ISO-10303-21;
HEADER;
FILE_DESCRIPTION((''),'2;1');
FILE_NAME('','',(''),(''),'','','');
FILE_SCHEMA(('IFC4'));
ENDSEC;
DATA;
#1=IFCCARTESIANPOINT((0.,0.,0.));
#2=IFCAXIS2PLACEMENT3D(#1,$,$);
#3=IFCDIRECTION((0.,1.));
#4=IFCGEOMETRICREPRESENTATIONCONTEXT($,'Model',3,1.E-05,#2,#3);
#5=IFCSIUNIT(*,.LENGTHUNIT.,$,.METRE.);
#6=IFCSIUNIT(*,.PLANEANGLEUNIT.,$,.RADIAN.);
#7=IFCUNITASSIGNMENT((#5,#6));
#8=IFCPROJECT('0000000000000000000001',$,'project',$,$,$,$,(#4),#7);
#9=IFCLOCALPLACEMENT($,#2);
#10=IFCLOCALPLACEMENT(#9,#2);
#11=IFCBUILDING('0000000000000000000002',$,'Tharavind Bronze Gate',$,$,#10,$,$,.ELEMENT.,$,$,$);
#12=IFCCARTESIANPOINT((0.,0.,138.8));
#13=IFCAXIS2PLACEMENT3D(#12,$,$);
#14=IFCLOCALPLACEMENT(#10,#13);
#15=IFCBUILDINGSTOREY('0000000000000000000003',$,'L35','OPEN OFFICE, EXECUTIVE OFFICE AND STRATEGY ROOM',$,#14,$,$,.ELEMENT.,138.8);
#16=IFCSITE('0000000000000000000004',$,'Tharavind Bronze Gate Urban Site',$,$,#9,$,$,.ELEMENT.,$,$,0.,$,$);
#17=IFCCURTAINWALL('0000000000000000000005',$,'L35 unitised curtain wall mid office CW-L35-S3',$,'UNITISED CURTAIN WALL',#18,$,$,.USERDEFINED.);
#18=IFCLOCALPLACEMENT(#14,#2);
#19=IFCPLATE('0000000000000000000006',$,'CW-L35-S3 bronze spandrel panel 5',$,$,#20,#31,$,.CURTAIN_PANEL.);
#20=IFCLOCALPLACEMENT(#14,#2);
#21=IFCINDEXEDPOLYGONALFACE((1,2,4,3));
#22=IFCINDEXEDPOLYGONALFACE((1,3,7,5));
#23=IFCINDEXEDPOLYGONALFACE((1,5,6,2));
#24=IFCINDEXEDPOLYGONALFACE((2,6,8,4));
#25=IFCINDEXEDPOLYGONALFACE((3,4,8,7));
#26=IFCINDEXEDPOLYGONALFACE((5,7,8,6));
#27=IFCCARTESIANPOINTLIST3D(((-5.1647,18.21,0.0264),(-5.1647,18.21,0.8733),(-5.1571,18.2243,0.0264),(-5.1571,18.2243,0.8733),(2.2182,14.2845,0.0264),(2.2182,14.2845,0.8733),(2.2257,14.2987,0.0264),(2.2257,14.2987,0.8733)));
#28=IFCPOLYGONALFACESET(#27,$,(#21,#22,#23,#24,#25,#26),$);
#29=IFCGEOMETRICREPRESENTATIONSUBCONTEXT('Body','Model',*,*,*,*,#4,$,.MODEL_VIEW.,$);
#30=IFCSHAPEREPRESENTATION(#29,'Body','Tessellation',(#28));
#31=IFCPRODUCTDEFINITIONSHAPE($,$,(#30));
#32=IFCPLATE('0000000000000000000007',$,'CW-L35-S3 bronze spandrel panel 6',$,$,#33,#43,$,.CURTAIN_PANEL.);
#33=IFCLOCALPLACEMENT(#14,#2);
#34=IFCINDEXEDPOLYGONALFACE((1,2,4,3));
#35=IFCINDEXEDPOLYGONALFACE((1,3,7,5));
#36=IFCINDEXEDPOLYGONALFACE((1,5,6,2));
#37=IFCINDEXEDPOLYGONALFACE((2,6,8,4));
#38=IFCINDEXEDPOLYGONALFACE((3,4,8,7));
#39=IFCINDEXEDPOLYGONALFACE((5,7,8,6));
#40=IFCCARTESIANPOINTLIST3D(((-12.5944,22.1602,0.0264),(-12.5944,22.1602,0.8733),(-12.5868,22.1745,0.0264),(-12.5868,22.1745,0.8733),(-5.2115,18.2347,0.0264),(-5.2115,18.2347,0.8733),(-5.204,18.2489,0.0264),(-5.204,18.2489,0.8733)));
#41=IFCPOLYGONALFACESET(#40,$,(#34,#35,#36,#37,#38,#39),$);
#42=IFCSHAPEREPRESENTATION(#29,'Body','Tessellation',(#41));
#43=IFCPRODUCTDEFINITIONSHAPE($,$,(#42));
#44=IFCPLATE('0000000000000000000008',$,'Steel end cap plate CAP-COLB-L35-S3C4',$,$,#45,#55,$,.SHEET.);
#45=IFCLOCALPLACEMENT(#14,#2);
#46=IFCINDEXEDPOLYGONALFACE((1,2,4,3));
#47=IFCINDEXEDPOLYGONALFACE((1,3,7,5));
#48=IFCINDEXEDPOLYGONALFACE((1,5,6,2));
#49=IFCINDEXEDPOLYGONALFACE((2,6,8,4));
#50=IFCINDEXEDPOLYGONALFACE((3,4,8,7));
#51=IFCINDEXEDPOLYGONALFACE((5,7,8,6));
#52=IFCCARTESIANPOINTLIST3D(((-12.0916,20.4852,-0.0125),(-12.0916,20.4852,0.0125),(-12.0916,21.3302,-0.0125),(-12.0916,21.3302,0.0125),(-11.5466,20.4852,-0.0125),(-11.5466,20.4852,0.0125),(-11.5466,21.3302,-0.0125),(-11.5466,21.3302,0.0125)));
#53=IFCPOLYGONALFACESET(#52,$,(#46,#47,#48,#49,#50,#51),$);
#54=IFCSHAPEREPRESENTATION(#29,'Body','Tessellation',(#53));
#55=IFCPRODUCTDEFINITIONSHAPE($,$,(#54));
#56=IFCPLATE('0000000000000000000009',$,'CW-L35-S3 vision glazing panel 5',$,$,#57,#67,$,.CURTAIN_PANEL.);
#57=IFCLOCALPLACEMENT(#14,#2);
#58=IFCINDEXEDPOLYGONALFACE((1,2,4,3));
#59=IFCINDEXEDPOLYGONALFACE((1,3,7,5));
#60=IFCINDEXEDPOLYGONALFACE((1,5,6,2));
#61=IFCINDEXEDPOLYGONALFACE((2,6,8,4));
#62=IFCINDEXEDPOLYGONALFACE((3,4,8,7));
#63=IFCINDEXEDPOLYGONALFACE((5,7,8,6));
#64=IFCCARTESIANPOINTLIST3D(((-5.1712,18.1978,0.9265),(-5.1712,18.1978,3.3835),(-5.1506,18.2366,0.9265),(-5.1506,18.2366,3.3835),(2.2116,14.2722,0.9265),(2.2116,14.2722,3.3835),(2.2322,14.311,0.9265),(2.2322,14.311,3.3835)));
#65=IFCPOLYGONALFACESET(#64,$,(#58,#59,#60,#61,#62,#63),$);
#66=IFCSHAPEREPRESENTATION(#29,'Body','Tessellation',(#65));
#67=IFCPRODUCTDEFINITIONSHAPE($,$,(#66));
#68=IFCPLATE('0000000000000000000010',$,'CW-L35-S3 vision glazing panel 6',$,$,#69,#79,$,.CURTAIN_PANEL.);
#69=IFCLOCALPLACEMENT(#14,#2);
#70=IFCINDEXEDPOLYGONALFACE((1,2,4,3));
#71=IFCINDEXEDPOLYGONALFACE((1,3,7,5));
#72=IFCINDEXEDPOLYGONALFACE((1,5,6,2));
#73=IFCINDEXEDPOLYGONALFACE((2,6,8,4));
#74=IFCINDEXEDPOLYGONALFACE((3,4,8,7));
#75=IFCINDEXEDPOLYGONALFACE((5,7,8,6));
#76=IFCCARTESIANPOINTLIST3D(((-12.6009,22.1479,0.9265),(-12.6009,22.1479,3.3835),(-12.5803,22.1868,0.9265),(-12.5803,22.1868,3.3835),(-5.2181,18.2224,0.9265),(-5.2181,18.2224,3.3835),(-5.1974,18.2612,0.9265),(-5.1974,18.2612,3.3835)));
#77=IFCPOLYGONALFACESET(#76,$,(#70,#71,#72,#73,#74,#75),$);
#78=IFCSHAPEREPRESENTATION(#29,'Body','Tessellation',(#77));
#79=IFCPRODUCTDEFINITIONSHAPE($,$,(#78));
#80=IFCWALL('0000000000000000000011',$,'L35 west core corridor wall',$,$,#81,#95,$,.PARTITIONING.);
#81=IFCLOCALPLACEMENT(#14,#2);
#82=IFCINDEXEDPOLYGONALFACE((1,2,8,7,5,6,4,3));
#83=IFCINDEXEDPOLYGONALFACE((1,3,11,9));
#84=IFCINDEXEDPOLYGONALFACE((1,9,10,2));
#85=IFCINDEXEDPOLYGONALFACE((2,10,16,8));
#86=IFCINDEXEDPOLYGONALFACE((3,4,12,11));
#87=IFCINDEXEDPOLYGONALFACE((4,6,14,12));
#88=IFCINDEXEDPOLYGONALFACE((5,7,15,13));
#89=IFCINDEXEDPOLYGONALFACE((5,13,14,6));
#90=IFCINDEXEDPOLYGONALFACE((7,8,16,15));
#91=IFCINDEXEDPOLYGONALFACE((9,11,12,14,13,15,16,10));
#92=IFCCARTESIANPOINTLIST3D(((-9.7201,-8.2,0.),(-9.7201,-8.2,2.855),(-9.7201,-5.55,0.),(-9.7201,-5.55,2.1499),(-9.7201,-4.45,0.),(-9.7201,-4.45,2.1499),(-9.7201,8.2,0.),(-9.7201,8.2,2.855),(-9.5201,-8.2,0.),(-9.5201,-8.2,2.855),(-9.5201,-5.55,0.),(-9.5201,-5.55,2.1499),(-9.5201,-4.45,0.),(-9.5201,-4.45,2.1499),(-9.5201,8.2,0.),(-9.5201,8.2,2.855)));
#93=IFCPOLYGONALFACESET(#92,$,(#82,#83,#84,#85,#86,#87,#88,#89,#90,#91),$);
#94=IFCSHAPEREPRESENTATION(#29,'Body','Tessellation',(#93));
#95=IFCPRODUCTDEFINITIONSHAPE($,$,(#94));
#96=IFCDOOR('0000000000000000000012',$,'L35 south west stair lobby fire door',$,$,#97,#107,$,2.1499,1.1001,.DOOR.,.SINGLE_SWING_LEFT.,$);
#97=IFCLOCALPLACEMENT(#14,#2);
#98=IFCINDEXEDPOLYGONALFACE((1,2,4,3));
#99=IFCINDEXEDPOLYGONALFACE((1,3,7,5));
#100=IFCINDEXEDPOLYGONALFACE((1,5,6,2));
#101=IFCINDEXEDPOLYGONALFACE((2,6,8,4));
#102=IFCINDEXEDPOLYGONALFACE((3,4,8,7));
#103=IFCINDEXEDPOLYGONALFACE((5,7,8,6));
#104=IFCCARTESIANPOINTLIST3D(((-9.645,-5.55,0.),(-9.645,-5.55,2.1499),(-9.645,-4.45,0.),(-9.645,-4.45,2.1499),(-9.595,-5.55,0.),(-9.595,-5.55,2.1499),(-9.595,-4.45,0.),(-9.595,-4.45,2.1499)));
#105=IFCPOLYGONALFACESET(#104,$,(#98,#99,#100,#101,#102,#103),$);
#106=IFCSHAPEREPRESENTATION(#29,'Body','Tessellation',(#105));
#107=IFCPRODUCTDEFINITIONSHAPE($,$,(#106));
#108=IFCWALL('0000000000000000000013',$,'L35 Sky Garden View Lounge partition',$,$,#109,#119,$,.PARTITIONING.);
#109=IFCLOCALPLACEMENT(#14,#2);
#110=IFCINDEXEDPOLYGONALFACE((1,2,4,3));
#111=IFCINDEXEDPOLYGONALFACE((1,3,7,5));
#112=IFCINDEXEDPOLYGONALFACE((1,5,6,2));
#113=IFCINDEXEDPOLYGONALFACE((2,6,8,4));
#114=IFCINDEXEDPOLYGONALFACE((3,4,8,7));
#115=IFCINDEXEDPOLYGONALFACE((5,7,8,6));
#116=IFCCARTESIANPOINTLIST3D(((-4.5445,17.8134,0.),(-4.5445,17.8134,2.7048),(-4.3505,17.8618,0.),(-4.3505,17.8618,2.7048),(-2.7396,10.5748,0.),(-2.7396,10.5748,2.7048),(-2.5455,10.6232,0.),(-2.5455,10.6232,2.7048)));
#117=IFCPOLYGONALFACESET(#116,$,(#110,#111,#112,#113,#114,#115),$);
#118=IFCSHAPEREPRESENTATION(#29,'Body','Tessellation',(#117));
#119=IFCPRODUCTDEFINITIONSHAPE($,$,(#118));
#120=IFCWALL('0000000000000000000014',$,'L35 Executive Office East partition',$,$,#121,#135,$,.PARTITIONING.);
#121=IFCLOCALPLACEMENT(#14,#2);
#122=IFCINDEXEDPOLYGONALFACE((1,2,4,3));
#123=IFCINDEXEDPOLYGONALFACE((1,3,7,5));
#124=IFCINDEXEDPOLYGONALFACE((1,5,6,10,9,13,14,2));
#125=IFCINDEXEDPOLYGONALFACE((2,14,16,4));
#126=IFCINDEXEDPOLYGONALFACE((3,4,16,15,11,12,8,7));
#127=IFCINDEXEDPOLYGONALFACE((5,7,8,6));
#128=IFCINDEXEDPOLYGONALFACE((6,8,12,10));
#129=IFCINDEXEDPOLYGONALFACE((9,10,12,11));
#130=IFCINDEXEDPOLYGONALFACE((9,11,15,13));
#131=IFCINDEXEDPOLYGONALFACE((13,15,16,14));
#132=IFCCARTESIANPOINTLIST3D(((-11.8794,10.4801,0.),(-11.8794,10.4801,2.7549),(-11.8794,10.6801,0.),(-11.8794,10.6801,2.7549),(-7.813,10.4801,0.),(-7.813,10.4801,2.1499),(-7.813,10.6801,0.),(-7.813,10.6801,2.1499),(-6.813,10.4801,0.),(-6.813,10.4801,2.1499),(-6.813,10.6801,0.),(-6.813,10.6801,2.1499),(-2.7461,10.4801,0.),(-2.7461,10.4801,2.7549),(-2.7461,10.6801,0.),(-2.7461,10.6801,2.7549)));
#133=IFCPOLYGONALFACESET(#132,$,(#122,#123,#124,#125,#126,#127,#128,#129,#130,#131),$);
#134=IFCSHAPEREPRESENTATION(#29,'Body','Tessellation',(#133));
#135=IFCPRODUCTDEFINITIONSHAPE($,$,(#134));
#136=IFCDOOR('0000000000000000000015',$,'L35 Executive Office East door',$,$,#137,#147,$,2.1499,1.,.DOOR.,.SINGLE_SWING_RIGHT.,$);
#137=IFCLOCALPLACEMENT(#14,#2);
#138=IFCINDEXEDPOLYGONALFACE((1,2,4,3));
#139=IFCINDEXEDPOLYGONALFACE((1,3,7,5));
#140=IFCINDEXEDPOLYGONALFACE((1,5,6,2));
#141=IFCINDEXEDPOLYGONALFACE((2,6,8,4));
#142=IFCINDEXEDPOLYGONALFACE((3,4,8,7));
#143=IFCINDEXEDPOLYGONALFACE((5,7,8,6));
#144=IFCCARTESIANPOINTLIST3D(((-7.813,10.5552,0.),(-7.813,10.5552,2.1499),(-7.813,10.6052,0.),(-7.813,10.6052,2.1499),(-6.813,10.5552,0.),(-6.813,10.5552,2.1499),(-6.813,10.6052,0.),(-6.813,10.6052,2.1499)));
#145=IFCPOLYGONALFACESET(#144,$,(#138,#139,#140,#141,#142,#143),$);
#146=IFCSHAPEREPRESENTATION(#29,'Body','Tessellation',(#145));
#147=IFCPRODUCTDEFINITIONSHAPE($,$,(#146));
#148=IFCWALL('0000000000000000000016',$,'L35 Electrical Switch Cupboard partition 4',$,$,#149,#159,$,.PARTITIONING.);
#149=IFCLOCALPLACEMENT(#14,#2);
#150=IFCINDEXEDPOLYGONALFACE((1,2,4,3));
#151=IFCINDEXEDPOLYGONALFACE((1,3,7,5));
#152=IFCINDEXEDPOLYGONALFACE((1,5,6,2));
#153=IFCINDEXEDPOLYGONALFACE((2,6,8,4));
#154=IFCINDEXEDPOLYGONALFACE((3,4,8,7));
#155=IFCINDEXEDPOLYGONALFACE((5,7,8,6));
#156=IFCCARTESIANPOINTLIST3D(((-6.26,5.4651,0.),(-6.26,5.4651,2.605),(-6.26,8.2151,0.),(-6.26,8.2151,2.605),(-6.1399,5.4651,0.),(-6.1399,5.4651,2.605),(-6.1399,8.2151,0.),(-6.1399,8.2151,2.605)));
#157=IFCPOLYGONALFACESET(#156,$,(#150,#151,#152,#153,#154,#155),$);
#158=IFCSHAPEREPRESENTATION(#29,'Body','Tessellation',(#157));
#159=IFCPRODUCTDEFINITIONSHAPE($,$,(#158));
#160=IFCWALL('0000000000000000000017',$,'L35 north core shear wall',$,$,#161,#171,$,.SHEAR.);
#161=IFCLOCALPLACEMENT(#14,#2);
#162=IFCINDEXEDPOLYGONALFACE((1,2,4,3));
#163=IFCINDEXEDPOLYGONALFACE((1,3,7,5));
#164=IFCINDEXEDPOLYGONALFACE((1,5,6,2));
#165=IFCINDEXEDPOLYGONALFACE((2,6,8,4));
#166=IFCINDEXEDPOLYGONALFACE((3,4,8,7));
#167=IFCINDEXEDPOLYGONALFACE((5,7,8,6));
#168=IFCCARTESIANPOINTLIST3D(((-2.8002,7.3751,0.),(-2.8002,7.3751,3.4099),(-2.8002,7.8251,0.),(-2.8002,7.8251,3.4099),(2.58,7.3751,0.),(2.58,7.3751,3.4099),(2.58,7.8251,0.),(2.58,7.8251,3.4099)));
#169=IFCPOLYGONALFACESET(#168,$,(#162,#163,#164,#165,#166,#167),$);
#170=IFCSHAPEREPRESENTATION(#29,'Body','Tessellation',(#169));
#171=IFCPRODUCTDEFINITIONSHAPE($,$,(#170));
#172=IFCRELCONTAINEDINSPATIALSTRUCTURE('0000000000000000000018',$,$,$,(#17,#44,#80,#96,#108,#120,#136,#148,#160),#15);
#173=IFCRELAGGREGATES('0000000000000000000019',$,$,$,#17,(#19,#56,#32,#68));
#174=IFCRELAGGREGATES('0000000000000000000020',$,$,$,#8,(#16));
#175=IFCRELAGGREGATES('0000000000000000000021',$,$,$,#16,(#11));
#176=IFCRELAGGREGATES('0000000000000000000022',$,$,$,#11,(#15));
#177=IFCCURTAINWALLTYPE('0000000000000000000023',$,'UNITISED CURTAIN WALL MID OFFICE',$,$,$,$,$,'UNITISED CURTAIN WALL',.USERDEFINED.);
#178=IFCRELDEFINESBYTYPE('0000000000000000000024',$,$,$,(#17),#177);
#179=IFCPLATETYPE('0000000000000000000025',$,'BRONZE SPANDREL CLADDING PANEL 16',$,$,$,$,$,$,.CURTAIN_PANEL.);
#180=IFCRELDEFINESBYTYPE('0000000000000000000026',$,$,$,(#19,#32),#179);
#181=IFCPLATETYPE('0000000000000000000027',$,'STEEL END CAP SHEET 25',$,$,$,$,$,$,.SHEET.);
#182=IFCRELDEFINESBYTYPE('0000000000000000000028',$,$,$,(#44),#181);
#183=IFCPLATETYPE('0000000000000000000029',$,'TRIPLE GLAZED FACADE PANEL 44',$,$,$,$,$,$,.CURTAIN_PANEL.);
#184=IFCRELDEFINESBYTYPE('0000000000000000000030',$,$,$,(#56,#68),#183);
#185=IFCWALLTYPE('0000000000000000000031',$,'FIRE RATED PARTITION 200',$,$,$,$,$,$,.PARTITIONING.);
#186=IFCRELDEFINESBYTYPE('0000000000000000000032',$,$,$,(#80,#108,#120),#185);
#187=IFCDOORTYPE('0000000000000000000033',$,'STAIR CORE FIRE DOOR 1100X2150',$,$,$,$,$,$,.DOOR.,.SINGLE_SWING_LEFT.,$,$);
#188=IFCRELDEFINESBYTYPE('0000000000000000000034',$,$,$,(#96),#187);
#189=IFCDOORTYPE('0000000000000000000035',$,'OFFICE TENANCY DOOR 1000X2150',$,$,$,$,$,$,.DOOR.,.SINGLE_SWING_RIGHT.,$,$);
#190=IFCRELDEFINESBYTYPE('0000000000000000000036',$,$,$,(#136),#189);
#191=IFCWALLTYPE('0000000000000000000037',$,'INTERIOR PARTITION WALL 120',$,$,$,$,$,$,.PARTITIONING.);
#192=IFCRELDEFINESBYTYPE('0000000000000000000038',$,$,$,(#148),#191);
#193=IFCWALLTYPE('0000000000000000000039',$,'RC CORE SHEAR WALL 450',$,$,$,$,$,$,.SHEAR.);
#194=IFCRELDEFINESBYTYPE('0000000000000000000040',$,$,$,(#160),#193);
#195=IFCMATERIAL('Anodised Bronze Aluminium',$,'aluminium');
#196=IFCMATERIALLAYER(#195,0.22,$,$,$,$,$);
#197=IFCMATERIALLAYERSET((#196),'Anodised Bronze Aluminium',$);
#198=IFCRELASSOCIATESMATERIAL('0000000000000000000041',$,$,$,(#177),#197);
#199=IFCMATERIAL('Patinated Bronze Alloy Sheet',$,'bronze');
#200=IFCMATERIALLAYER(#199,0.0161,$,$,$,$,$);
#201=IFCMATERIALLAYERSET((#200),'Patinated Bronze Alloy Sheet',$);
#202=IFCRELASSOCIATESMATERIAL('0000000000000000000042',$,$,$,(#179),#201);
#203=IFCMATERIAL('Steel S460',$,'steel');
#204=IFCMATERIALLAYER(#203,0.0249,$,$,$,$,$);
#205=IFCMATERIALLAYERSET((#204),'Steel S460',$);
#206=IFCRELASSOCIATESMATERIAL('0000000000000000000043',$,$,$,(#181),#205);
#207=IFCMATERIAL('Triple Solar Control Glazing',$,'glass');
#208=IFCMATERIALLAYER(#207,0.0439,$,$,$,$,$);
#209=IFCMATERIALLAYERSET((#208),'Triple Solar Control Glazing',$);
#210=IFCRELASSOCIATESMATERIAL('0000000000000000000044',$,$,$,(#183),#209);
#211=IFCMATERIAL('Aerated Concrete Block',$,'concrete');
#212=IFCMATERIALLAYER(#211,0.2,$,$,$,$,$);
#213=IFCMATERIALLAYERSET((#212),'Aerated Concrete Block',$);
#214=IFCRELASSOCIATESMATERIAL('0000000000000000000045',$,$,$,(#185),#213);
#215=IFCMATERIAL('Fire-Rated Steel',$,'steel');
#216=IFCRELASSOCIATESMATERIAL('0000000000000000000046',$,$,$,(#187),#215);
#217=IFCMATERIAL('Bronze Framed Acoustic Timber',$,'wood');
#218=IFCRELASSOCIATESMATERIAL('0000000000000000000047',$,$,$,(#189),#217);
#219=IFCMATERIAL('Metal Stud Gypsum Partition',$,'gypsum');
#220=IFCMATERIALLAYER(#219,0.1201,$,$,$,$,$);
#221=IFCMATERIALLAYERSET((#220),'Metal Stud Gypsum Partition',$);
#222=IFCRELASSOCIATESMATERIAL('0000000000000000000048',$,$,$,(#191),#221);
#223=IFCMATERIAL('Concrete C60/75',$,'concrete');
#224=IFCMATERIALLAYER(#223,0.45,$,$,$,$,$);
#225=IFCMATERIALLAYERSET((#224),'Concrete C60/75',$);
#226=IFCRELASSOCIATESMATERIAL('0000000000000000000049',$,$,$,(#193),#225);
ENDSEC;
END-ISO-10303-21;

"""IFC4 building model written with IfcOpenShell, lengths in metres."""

from ifc_helpers import new_model, si_unit, direction, frame, frame_2d, origin, origin_2d, place, context, subcontext, project, spatial, rectangle, extrude, material, layer, layer_set, type_object, element, fill, aggregate, save


model = new_model("IFC4")

# Units and contexts
model_context = context("Model", 3, precision=1e-05, world=origin(), true_north=direction((0.0, 1.0)))
body_context = subcontext(model_context, "Body", "Model", "MODEL_VIEW")
ifc_project = project(units=[si_unit("LENGTHUNIT", "METRE"), si_unit("PLANEANGLEUNIT", "RADIAN")], contexts=[model_context])

# Site, building, storey
site_placement = place(None, origin())
site = spatial("IfcSite", under=ifc_project, at=site_placement, Name="Tharavind Bronze Gate Urban Site", CompositionType="ELEMENT", RefElevation=0.0)
building_placement = place(site_placement, origin())
building = spatial("IfcBuilding", under=site, at=building_placement, Name="Tharavind Bronze Gate", CompositionType="ELEMENT")
storey_placement = place(building_placement, frame((0.0, 0.0, 138.8)))
storey = spatial("IfcBuildingStorey", under=building, at=storey_placement, Name="L35", Description="OPEN OFFICE, EXECUTIVE OFFICE AND STRATEGY ROOM", CompositionType="ELEMENT", Elevation=138.8)

# Curtain wall
ifc_material_1 = material(Name="Anodised Bronze Aluminium", Category="aluminium")
ifc_layer_1 = layer(ifc_material_1, 0.22)
ifc_layer_set_1 = layer_set([ifc_layer_1], Name="Anodised Bronze Aluminium")
curtain_wall_type = type_object("IfcCurtainWallType", Name="UNITISED CURTAIN WALL MID OFFICE", ElementType="UNITISED CURTAIN WALL", PredefinedType="USERDEFINED", material=ifc_layer_set_1)
curtain_wall_placement = place(storey_placement, origin())
curtain_wall = element("IfcCurtainWall", 1, at=curtain_wall_placement, inside=storey, type_object=curtain_wall_type, Name="L35 unitised curtain wall mid office CW-L35-S3", ObjectType="UNITISED CURTAIN WALL", PredefinedType="USERDEFINED")

# Shared definitions
ifc_material_2 = material(Name="Steel S460", Category="steel")

# Plates
ifc_material_3 = material(Name="Patinated Bronze Alloy Sheet", Category="bronze")
ifc_layer_2 = layer(ifc_material_3, 0.0161)
ifc_layer_set_2 = layer_set([ifc_layer_2], Name="Patinated Bronze Alloy Sheet")
plate_type_1 = type_object("IfcPlateType", Name="BRONZE SPANDREL CLADDING PANEL 16", PredefinedType="CURTAIN_PANEL", material=ifc_layer_set_2)
plate_1_placement = place(storey_placement, frame((-1.4695, 16.2544, 0.0264), z_axis=(0.0, 0.0, 1.0), x_axis=(-0.882948, 0.469472, 0.0)))
plate_1 = element("IfcPlate", 2, at=plate_1_placement, type_object=plate_type_1, Name="CW-L35-S3 bronze spandrel panel 5", PredefinedType="CURTAIN_PANEL", context=body_context, shape_type="SweptSolid", body=[
    extrude(rectangle(XDim=8.3616, YDim=0.0161, at=origin_2d()), origin(), (0.0, 0.0, 1.0), 0.8469),
])
plate_2_placement = place(storey_placement, frame((-8.8992, 20.2046, 0.0264), z_axis=(0.0, 0.0, 1.0), x_axis=(-0.882948, 0.469472, 0.0)))
plate_2 = element("IfcPlate", 3, at=plate_2_placement, type_object=plate_type_1, Name="CW-L35-S3 bronze spandrel panel 6", PredefinedType="CURTAIN_PANEL", context=body_context, shape_type="SweptSolid", body=[
    extrude(rectangle(XDim=8.3616, YDim=0.0161, at=origin_2d()), origin(), (0.0, 0.0, 1.0), 0.8469),
])
ifc_layer_3 = layer(ifc_material_2, 0.0249)
ifc_layer_set_3 = layer_set([ifc_layer_3], Name="Steel S460")
plate_type_2 = type_object("IfcPlateType", Name="STEEL END CAP SHEET 25", PredefinedType="SHEET", material=ifc_layer_set_3)
plate_3_placement = place(storey_placement, frame((-11.8191, 20.9077, -0.0125), z_axis=(0.0, 0.0, 1.0), x_axis=(1.0, 0.0, 0.0)))
element("IfcPlate", 4, at=plate_3_placement, inside=storey, type_object=plate_type_2, Name="Steel end cap plate CAP-COLB-L35-S3C4", PredefinedType="SHEET", context=body_context, shape_type="SweptSolid", body=[
    extrude(rectangle(XDim=0.5449, YDim=0.845, at=origin_2d()), origin(), (0.0, 0.0, 1.0), 0.0249),
])
ifc_material_4 = material(Name="Triple Solar Control Glazing", Category="glass")
ifc_layer_4 = layer(ifc_material_4, 0.0439)
ifc_layer_set_4 = layer_set([ifc_layer_4], Name="Triple Solar Control Glazing")
plate_type_3 = type_object("IfcPlateType", Name="TRIPLE GLAZED FACADE PANEL 44", PredefinedType="CURTAIN_PANEL", material=ifc_layer_set_4)
plate_4_placement = place(storey_placement, frame((-1.4695, 16.2544, 0.9265), z_axis=(0.0, 0.0, 1.0), x_axis=(-0.882948, 0.469472, 0.0)))
plate_4 = element("IfcPlate", 5, at=plate_4_placement, type_object=plate_type_3, Name="CW-L35-S3 vision glazing panel 5", PredefinedType="CURTAIN_PANEL", context=body_context, shape_type="SweptSolid", body=[
    extrude(rectangle(XDim=8.3616, YDim=0.0439, at=origin_2d()), origin(), (0.0, 0.0, 1.0), 2.457),
])
plate_5_placement = place(storey_placement, frame((-8.8992, 20.2046, 0.9265), z_axis=(0.0, 0.0, 1.0), x_axis=(-0.882948, 0.469472, 0.0)))
plate_5 = element("IfcPlate", 6, at=plate_5_placement, type_object=plate_type_3, Name="CW-L35-S3 vision glazing panel 6", PredefinedType="CURTAIN_PANEL", context=body_context, shape_type="SweptSolid", body=[
    extrude(rectangle(XDim=8.3616, YDim=0.0439, at=origin_2d()), origin(), (0.0, 0.0, 1.0), 2.457),
])
aggregate(curtain_wall, [plate_1, plate_4, plate_2, plate_5])

# Wall, opening, door
ifc_material_5 = material(Name="Aerated Concrete Block", Category="concrete")
ifc_layer_5 = layer(ifc_material_5, 0.2)
ifc_layer_set_5 = layer_set([ifc_layer_5], Name="Aerated Concrete Block")
wall_type_1 = type_object("IfcWallType", Name="FIRE RATED PARTITION 200", PredefinedType="PARTITIONING", material=ifc_layer_set_5)
wall_1_placement = place(storey_placement, frame((-9.6201, 8.2, 0.0), z_axis=(0.0, 0.0, 1.0), x_axis=(0.0, -1.0, 0.0)))
wall_1 = element("IfcWall", 7, at=wall_1_placement, inside=storey, type_object=wall_type_1, Name="L35 west core corridor wall", PredefinedType="PARTITIONING", context=body_context, shape_type="SweptSolid", body=[
    extrude(rectangle(XDim=16.3999, YDim=0.2, at=frame_2d((8.2, 0.0))), origin(), (0.0, 0.0, 1.0), 2.855),
])
opening_1_placement = place(wall_1_placement, frame((12.6499, 0.0, 0.0)))
opening_1 = element("IfcOpeningElement", 8, at=opening_1_placement, cuts=wall_1, PredefinedType="OPENING", context=body_context, shape_type="SweptSolid", body=[
    extrude(rectangle(XDim=1.1001, YDim=2.1499, at=frame_2d((0.55, 1.075))), frame((0.0, 0.1101, 0.0), z_axis=(0.0, -1.0, 0.0), x_axis=(1.0, 0.0, 0.0)), (0.0, 0.0, 1.0), 0.22),
])
ifc_material_6 = material(Name="Fire-Rated Steel", Category="steel")
door_type_1 = type_object("IfcDoorType", Name="STAIR CORE FIRE DOOR 1100X2150", OperationType="SINGLE_SWING_LEFT", PredefinedType="DOOR", material=ifc_material_6)
door_1_placement = place(opening_1_placement, frame((1.1001, 0.0, 0.0), z_axis=(0.0, 0.0, 1.0), x_axis=(-1.0, 0.0, 0.0)))
door_1 = element("IfcDoor", 9, at=door_1_placement, inside=storey, type_object=door_type_1, Name="L35 south west stair lobby fire door", OperationType="SINGLE_SWING_LEFT", OverallHeight=2.1499, OverallWidth=1.1001, PredefinedType="DOOR", context=body_context, shape_type="SweptSolid", body=[
    extrude(rectangle(XDim=1.1001, YDim=2.1499, at=frame_2d((0.55, 1.075))), frame((0.0, 0.0249, 0.0), z_axis=(0.0, -1.0, 0.0), x_axis=(1.0, 0.0, 0.0)), (0.0, 0.0, 1.0), 0.05),
])
fill(opening_1, door_1)

# Wall
wall_2_placement = place(storey_placement, frame((-2.6426, 10.5991, 0.0), z_axis=(0.0, 0.0, 1.0), x_axis=(-0.241943, 0.970291, 0.0)))
element("IfcWall", 10, at=wall_2_placement, inside=storey, type_object=wall_type_1, Name="L35 Sky Garden View Lounge partition", PredefinedType="PARTITIONING", context=body_context, shape_type="SweptSolid", body=[
    extrude(rectangle(XDim=7.4602, YDim=0.2, at=frame_2d((3.73, 0.0))), origin(), (0.0, 0.0, 1.0), 2.7048),
])

# Wall, opening, door
wall_3_placement = place(storey_placement, frame((-2.7461, 10.5801, 0.0), z_axis=(0.0, 0.0, 1.0), x_axis=(-1.0, 0.0, 0.0)))
wall_3 = element("IfcWall", 11, at=wall_3_placement, inside=storey, type_object=wall_type_1, Name="L35 Executive Office East partition", PredefinedType="PARTITIONING", context=body_context, shape_type="SweptSolid", body=[
    extrude(rectangle(XDim=9.1333, YDim=0.2, at=frame_2d((4.5667, 0.0))), origin(), (0.0, 0.0, 1.0), 2.7549),
])
opening_2_placement = place(wall_3_placement, frame((4.0669, 0.0, 0.0)))
opening_2 = element("IfcOpeningElement", 12, at=opening_2_placement, cuts=wall_3, PredefinedType="OPENING", context=body_context, shape_type="SweptSolid", body=[
    extrude(rectangle(XDim=1.0, YDim=2.1499, at=frame_2d((0.5, 1.075))), frame((0.0, 0.1101, 0.0), z_axis=(0.0, -1.0, 0.0), x_axis=(1.0, 0.0, 0.0)), (0.0, 0.0, 1.0), 0.22),
])
ifc_material_7 = material(Name="Bronze Framed Acoustic Timber", Category="wood")
door_type_2 = type_object("IfcDoorType", Name="OFFICE TENANCY DOOR 1000X2150", OperationType="SINGLE_SWING_RIGHT", PredefinedType="DOOR", material=ifc_material_7)
door_2_placement = place(opening_2_placement, origin())
door_2 = element("IfcDoor", 13, at=door_2_placement, inside=storey, type_object=door_type_2, Name="L35 Executive Office East door", OperationType="SINGLE_SWING_RIGHT", OverallHeight=2.1499, OverallWidth=1.0, PredefinedType="DOOR", context=body_context, shape_type="SweptSolid", body=[
    extrude(rectangle(XDim=1.0, YDim=2.1499, at=frame_2d((0.5, 1.075))), frame((0.0, 0.0249, 0.0), z_axis=(0.0, -1.0, 0.0), x_axis=(1.0, 0.0, 0.0)), (0.0, 0.0, 1.0), 0.05),
])
fill(opening_2, door_2)

# Walls
ifc_material_8 = material(Name="Metal Stud Gypsum Partition", Category="gypsum")
ifc_layer_6 = layer(ifc_material_8, 0.1201)
ifc_layer_set_6 = layer_set([ifc_layer_6], Name="Metal Stud Gypsum Partition")
wall_type_2 = type_object("IfcWallType", Name="INTERIOR PARTITION WALL 120", PredefinedType="PARTITIONING", material=ifc_layer_set_6)
wall_4_placement = place(storey_placement, frame((-6.2, 8.2151, 0.0), z_axis=(0.0, 0.0, 1.0), x_axis=(0.0, -1.0, 0.0)))
element("IfcWall", 14, at=wall_4_placement, inside=storey, type_object=wall_type_2, Name="L35 Electrical Switch Cupboard partition 4", PredefinedType="PARTITIONING", context=body_context, shape_type="SweptSolid", body=[
    extrude(rectangle(XDim=2.75, YDim=0.1201, at=frame_2d((1.375, 0.0))), origin(), (0.0, 0.0, 1.0), 2.605),
])
ifc_material_9 = material(Name="Concrete C60/75", Category="concrete")
ifc_layer_7 = layer(ifc_material_9, 0.45)
ifc_layer_set_7 = layer_set([ifc_layer_7], Name="Concrete C60/75")
wall_type_3 = type_object("IfcWallType", Name="RC CORE SHEAR WALL 450", PredefinedType="SHEAR", material=ifc_layer_set_7)
wall_5_placement = place(storey_placement, frame((-2.8, 7.6001, 0.0), z_axis=(0.0, 0.0, 1.0), x_axis=(1.0, 0.0, 0.0)))
element("IfcWall", 15, at=wall_5_placement, inside=storey, type_object=wall_type_3, Name="L35 north core shear wall", PredefinedType="SHEAR", context=body_context, shape_type="SweptSolid", body=[
    extrude(rectangle(XDim=5.3801, YDim=0.45, at=frame_2d((2.6899, 0.0))), origin(), (0.0, 0.0, 1.0), 3.4099),
])

save(model, "model.ifc")
